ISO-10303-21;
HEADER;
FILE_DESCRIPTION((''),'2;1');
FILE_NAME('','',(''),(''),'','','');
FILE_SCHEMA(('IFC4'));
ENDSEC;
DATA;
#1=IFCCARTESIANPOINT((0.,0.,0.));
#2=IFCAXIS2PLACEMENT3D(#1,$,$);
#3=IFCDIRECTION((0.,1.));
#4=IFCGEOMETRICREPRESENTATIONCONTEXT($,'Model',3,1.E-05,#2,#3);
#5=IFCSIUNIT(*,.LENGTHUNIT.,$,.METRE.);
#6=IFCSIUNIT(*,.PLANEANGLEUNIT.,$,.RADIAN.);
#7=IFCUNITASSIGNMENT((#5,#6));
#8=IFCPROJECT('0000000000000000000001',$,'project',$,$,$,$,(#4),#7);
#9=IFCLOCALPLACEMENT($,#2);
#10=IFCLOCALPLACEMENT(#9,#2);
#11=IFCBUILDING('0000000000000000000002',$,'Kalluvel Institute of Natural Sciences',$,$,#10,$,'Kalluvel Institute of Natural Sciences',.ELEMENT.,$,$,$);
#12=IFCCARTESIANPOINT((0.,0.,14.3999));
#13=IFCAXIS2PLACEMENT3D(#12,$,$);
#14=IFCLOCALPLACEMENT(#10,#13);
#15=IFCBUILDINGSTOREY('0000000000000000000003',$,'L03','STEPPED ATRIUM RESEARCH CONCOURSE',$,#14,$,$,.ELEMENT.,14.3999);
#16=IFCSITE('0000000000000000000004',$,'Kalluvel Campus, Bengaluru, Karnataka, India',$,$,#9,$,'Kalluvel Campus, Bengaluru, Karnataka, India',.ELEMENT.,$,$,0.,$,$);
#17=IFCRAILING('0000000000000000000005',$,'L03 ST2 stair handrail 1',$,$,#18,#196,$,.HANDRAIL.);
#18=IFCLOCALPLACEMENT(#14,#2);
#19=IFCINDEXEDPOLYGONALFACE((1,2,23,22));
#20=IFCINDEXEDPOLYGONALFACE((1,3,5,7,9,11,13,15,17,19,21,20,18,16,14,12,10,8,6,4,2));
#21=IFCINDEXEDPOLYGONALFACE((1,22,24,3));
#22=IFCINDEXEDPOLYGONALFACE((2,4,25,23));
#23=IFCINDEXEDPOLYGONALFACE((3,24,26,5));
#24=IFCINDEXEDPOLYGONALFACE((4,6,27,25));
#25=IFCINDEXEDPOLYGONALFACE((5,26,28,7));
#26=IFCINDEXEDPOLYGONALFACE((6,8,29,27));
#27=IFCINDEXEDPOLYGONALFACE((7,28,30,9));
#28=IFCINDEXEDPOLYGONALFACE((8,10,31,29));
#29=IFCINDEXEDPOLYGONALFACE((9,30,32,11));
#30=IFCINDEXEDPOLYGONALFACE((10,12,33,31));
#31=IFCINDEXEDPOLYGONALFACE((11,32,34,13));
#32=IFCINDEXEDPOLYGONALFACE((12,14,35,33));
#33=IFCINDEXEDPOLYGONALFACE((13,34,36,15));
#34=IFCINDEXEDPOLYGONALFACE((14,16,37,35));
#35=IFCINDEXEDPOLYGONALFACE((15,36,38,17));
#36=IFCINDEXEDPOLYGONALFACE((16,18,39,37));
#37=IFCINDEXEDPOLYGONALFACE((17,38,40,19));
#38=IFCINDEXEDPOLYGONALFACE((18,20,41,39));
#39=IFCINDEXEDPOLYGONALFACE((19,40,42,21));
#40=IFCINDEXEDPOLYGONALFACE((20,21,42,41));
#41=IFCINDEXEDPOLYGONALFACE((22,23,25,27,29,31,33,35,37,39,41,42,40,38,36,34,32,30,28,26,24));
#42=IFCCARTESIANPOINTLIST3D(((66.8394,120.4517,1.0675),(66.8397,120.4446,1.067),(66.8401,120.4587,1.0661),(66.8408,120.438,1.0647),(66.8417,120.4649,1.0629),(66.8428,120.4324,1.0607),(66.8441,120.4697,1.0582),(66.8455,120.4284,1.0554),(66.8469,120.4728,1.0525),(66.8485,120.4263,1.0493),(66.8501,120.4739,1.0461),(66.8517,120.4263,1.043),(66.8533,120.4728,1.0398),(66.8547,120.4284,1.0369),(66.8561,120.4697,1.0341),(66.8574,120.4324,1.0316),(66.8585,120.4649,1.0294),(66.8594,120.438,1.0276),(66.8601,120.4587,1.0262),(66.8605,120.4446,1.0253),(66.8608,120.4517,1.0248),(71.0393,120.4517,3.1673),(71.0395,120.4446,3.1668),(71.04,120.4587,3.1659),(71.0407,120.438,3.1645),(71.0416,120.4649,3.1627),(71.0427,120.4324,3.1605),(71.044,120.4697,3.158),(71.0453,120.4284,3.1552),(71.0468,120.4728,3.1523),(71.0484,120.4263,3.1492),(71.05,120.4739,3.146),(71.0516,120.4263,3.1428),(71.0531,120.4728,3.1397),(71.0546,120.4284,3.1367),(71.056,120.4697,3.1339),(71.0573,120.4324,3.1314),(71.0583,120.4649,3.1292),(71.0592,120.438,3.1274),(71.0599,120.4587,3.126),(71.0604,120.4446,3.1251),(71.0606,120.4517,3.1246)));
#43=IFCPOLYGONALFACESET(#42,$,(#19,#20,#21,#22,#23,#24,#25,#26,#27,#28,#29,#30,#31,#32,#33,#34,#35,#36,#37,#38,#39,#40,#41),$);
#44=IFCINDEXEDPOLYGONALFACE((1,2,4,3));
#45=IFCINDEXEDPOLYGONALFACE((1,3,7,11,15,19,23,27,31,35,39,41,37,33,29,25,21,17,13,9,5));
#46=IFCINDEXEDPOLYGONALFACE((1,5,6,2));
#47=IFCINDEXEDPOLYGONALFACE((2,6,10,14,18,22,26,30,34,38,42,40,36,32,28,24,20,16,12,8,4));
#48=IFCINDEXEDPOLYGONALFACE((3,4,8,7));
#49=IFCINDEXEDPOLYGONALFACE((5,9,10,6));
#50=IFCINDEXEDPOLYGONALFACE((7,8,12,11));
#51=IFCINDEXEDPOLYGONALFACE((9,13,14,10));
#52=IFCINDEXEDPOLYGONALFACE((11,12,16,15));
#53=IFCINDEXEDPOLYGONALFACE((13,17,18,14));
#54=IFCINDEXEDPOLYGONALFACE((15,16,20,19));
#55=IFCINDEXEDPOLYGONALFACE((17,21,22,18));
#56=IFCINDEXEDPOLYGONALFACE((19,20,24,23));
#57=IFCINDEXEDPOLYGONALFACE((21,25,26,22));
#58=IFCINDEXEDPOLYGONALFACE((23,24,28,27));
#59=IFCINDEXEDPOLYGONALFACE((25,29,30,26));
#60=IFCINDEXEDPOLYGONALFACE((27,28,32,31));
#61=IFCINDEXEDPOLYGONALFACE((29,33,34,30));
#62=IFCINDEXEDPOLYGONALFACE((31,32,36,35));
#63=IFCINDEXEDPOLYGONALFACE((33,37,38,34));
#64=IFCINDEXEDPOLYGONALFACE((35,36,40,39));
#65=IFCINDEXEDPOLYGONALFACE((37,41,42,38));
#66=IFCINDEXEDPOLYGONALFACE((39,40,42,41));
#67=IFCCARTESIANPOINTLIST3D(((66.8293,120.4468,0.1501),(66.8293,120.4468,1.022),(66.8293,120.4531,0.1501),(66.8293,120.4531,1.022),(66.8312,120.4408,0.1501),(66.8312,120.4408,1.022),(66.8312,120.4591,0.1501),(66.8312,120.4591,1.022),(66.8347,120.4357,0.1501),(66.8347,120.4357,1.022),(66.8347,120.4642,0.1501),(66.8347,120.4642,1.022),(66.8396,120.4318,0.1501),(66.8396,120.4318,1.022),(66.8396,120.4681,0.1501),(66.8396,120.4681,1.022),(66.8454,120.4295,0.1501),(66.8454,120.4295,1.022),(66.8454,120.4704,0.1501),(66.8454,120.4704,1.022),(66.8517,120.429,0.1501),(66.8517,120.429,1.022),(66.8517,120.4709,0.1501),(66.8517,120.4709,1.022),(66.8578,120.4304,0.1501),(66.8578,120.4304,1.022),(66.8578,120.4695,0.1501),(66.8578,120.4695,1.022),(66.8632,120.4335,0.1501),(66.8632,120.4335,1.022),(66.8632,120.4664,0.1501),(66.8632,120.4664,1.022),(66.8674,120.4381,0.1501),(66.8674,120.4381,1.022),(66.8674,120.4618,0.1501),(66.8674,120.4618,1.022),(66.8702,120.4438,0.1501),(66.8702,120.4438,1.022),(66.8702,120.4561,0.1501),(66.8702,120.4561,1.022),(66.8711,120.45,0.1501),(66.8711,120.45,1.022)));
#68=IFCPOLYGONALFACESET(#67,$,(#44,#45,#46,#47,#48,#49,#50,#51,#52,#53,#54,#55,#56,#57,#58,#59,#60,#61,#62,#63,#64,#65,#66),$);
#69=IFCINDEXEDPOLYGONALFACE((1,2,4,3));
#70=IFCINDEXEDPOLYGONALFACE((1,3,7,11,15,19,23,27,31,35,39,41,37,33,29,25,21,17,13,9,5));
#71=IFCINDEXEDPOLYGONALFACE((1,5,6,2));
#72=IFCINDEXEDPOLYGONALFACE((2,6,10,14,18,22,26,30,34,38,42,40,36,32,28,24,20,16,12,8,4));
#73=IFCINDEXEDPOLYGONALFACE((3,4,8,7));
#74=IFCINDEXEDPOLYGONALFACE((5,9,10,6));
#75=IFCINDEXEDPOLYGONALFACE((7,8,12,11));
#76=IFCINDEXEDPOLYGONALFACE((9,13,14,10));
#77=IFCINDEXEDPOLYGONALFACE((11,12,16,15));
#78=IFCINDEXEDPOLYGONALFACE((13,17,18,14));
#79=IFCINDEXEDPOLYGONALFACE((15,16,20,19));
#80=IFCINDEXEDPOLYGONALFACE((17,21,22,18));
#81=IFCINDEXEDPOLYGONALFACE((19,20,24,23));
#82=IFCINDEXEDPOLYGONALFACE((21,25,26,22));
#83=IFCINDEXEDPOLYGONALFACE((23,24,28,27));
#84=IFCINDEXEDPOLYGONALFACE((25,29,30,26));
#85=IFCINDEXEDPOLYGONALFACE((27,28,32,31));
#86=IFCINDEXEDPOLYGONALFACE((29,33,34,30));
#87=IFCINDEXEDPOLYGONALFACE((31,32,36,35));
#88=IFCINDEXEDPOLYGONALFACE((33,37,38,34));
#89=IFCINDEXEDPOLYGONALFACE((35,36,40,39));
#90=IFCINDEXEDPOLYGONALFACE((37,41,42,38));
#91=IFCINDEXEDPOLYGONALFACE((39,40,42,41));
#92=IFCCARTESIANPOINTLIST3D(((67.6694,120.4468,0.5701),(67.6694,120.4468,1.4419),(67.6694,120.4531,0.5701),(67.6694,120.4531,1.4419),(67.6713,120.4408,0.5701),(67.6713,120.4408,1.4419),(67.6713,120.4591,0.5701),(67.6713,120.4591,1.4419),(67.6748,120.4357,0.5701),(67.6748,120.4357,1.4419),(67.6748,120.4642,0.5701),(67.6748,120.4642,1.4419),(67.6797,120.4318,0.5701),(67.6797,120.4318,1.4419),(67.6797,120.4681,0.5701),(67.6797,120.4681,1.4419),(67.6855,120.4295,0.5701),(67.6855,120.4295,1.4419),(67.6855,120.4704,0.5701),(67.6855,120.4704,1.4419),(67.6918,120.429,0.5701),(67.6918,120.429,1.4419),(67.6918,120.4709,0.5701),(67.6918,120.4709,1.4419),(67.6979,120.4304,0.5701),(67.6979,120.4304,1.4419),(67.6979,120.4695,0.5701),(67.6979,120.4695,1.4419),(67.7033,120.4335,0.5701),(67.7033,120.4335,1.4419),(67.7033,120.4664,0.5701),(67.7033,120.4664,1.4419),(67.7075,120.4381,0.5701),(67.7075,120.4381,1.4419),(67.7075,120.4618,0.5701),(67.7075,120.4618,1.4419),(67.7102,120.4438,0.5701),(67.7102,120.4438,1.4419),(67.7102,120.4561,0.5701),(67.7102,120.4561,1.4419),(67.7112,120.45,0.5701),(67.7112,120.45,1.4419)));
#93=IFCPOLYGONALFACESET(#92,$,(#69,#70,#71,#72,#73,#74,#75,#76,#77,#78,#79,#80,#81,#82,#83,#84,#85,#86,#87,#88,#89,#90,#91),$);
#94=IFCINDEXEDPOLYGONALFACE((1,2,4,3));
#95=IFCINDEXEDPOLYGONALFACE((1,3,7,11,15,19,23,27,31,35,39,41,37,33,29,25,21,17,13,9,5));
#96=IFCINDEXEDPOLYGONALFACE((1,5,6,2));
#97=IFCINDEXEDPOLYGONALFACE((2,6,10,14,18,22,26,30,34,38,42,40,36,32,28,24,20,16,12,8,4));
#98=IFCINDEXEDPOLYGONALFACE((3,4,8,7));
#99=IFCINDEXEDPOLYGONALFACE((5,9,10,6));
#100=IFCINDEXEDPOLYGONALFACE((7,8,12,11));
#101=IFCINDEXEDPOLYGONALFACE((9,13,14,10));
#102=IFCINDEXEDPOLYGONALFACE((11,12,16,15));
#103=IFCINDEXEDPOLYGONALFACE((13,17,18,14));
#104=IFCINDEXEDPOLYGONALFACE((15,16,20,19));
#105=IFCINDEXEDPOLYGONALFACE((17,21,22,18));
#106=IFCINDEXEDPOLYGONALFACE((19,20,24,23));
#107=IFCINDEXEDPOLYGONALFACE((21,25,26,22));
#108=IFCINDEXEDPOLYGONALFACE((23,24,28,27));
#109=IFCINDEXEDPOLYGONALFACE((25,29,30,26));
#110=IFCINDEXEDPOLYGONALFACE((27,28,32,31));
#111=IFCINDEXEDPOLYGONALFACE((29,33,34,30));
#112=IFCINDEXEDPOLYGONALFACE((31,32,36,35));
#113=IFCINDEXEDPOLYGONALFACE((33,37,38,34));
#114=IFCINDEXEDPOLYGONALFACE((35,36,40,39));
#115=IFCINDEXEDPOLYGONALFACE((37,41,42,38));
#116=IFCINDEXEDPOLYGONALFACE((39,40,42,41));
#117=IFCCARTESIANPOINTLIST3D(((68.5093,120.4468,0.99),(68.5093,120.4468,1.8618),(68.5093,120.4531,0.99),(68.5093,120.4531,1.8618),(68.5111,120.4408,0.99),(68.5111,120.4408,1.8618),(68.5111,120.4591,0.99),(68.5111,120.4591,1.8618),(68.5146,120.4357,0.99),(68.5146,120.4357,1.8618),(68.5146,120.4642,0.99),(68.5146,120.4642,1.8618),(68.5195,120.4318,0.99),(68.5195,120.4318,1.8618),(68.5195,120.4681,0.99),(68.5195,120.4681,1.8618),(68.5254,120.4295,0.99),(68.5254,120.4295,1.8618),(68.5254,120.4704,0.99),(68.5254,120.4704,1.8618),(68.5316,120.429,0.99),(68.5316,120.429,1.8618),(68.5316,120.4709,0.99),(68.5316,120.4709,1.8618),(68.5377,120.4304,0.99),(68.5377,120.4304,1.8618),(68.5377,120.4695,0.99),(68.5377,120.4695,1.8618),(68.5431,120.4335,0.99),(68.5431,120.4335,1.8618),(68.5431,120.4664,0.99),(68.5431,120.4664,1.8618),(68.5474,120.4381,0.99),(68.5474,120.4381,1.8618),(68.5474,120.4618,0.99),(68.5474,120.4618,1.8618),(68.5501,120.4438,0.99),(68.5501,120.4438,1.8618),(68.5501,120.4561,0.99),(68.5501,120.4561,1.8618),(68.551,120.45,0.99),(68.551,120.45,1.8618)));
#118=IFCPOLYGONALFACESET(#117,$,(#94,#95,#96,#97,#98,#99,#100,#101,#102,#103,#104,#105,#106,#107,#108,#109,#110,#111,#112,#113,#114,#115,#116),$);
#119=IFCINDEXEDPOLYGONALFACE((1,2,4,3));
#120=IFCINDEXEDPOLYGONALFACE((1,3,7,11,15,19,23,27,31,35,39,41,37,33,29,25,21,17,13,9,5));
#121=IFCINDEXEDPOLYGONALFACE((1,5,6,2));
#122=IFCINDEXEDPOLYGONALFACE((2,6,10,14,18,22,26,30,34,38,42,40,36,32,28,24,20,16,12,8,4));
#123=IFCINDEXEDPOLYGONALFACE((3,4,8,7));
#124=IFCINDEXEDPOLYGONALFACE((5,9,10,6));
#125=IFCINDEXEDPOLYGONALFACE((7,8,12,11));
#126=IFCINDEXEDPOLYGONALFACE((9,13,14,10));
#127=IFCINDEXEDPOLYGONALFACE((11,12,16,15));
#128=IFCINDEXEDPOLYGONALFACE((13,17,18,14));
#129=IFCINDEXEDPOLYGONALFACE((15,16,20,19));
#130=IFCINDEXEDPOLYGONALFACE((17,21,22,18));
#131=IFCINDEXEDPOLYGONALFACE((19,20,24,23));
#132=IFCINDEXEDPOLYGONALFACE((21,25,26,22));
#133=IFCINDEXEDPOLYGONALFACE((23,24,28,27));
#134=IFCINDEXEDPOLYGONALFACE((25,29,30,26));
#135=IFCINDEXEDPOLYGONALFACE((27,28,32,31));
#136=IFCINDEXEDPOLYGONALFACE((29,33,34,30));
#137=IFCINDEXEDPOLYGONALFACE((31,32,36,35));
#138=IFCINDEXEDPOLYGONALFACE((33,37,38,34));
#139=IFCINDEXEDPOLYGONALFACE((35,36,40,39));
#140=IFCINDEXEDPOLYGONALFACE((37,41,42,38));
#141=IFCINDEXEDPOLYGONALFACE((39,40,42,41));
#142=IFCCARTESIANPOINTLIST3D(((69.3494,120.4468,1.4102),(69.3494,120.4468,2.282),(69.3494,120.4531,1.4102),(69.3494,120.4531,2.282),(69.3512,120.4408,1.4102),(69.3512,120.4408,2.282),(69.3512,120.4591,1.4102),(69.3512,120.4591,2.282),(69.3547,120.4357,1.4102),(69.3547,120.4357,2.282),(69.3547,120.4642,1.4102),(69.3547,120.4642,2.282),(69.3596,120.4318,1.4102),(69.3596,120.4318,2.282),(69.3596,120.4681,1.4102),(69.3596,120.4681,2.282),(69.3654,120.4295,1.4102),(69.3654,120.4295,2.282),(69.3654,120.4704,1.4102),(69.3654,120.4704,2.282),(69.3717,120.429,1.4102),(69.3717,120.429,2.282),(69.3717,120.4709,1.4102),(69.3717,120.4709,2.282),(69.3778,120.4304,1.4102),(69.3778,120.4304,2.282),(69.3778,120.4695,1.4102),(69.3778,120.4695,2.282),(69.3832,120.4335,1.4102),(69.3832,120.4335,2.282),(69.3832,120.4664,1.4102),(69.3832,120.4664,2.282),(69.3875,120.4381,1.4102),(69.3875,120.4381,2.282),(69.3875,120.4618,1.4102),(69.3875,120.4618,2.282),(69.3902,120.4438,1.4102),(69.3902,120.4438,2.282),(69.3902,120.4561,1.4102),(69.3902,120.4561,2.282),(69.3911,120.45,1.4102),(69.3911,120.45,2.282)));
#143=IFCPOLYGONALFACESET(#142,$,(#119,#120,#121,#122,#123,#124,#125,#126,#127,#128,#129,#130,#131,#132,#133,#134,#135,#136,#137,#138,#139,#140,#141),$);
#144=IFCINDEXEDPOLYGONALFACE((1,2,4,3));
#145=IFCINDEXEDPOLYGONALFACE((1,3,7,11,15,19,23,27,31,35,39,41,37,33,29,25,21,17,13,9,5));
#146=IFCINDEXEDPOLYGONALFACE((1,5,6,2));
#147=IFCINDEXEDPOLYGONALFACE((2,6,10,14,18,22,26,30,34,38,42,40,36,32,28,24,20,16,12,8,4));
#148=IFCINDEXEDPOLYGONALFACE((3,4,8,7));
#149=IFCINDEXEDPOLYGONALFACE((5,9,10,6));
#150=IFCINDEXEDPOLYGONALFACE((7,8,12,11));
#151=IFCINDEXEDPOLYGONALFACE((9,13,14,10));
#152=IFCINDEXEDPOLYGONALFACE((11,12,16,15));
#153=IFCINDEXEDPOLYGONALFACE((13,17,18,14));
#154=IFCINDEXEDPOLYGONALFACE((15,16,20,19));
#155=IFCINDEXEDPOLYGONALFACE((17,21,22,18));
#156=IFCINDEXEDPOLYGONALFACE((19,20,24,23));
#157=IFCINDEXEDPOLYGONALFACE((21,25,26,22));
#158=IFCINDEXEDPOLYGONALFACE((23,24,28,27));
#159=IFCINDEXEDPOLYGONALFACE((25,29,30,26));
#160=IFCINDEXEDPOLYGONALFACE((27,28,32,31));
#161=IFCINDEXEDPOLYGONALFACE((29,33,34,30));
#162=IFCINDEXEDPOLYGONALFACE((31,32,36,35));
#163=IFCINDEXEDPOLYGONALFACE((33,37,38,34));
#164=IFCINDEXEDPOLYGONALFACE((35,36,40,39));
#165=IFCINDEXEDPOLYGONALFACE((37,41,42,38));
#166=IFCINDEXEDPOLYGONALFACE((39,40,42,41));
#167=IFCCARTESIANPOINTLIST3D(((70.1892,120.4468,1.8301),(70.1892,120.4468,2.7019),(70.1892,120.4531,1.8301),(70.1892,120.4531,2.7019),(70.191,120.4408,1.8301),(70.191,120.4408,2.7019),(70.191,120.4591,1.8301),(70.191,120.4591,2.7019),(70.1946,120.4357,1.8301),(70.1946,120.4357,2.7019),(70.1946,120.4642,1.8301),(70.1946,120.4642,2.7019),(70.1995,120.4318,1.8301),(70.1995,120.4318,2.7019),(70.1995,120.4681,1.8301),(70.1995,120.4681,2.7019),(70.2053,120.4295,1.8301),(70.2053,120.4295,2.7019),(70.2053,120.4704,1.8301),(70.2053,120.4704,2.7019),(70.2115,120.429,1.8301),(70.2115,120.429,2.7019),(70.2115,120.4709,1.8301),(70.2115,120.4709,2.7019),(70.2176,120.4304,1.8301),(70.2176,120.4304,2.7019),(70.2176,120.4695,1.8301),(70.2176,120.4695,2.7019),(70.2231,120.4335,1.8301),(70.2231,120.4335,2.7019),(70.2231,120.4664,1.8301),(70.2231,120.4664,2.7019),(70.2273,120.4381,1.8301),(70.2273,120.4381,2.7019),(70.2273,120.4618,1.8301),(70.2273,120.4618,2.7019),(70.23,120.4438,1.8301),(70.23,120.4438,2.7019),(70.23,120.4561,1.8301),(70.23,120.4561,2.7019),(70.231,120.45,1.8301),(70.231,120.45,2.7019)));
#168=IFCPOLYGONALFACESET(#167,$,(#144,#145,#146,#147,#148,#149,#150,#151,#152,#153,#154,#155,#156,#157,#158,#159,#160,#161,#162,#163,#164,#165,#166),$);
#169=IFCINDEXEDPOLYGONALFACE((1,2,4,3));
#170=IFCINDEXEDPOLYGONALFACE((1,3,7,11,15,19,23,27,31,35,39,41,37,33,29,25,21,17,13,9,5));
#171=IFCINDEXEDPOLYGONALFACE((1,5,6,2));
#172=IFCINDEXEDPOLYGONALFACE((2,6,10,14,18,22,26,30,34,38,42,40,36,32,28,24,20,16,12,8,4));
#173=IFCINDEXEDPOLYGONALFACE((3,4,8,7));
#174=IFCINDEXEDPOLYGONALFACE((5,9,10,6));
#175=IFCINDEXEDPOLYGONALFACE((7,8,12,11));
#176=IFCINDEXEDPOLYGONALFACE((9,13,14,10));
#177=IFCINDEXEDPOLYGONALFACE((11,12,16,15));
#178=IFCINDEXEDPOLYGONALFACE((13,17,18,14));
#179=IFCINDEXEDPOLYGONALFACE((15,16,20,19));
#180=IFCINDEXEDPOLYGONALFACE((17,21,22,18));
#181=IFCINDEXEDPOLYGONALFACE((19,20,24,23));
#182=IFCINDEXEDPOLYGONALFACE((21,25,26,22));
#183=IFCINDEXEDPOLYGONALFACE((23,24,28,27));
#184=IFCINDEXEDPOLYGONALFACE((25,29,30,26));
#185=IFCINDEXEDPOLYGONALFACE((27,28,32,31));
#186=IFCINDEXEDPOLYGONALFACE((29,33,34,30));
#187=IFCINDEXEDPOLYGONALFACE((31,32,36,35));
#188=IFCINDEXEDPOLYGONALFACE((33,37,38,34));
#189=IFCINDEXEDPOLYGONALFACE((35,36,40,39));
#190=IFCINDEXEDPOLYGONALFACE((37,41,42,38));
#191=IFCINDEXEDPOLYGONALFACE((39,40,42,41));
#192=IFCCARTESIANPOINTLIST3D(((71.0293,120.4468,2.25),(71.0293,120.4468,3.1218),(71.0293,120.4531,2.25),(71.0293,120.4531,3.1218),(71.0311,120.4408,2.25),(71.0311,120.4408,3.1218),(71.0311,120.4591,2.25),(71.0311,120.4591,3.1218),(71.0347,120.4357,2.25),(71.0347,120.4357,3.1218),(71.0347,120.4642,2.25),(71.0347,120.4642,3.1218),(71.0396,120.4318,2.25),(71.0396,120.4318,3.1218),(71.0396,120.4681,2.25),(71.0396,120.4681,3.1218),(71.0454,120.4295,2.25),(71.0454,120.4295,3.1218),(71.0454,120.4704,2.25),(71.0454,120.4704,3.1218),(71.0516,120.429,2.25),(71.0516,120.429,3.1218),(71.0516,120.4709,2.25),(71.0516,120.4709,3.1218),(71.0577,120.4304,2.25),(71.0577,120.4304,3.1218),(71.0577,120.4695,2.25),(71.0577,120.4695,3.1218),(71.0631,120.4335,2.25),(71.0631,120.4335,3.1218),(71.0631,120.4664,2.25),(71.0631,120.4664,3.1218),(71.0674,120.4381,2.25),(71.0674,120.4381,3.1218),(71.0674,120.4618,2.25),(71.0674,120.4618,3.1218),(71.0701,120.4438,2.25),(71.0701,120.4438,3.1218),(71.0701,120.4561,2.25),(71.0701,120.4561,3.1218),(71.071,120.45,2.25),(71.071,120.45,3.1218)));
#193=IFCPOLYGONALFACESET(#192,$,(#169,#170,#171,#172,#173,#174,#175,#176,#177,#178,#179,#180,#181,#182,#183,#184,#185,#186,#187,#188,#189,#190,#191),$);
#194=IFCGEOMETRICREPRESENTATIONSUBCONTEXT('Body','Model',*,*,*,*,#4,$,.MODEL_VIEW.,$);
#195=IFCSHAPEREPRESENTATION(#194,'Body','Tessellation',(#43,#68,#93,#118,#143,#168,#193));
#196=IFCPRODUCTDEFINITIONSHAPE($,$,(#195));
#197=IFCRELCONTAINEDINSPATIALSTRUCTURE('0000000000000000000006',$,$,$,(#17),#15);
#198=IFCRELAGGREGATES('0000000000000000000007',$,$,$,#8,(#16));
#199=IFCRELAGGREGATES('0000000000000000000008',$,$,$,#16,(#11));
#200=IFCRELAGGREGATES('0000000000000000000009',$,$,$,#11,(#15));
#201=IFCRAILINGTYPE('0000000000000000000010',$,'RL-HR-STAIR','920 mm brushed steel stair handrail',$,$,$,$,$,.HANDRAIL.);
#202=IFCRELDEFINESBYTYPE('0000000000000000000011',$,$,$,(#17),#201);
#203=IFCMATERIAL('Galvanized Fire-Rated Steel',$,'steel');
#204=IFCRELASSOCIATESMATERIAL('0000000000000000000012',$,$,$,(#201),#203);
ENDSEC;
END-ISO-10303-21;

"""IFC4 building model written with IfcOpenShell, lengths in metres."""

from ifc_helpers import new_model, si_unit, direction, frame, origin, origin_2d, place, context, subcontext, project, spatial, circle, extrude, material, type_object, element, save


model = new_model("IFC4")

# Units and contexts
model_context = context("Model", 3, precision=1e-05, world=origin(), true_north=direction((0.0, 1.0)))
body_context = subcontext(model_context, "Body", "Model", "MODEL_VIEW")
ifc_project = project(units=[si_unit("LENGTHUNIT", "METRE"), si_unit("PLANEANGLEUNIT", "RADIAN")], contexts=[model_context])

# Site, building, storey
site_placement = place(None, origin())
site = spatial("IfcSite", under=ifc_project, at=site_placement, Name="Kalluvel Campus, Bengaluru, Karnataka, India", LongName="Kalluvel Campus, Bengaluru, Karnataka, India", CompositionType="ELEMENT", RefElevation=0.0)
building_placement = place(site_placement, origin())
building = spatial("IfcBuilding", under=site, at=building_placement, Name="Kalluvel Institute of Natural Sciences", LongName="Kalluvel Institute of Natural Sciences", CompositionType="ELEMENT")
storey_placement = place(building_placement, frame((0.0, 0.0, 14.3999)))
storey = spatial("IfcBuildingStorey", under=building, at=storey_placement, Name="L03", Description="STEPPED ATRIUM RESEARCH CONCOURSE", CompositionType="ELEMENT", Elevation=14.3999)

# Shared definitions
ifc_material_1 = material(Name="Galvanized Fire-Rated Steel", Category="steel")

# Railing
railing_type = type_object("IfcRailingType", Name="RL-HR-STAIR", Description="920 mm brushed steel stair handrail", PredefinedType="HANDRAIL", material=ifc_material_1)
railing_placement = place(storey_placement, frame((66.8501, 120.45, 0.1501)))
element("IfcRailing", 1, at=railing_placement, inside=storey, type_object=railing_type, Name="L03 ST2 stair handrail 1", PredefinedType="HANDRAIL", context=body_context, shape_type="SweptSolid", body=[
    extrude(circle(Radius=0.0239, at=origin_2d()), frame((0.0, 0.0, 0.896), z_axis=(0.894438, 0.0, 0.447193), x_axis=(0.0, 1.0, 0.0)), (0.0, 0.0, 1.0), 4.6956),
    extrude(circle(Radius=0.021, at=origin_2d()), origin(), (0.0, 0.0, 1.0), 0.8718),
    extrude(circle(Radius=0.021, at=origin_2d()), frame((0.8401, 0.0, 0.4199)), (0.0, 0.0, 1.0), 0.8718),
    extrude(circle(Radius=0.021, at=origin_2d()), frame((1.6799, 0.0, 0.8398)), (0.0, 0.0, 1.0), 0.8718),
    extrude(circle(Radius=0.021, at=origin_2d()), frame((2.52, 0.0, 1.26)), (0.0, 0.0, 1.0), 0.8718),
    extrude(circle(Radius=0.021, at=origin_2d()), frame((3.3599, 0.0, 1.6799)), (0.0, 0.0, 1.0), 0.8718),
    extrude(circle(Radius=0.021, at=origin_2d()), frame((4.2, 0.0, 2.0999)), (0.0, 0.0, 1.0), 0.8718),
])

save(model, "model.ifc")
